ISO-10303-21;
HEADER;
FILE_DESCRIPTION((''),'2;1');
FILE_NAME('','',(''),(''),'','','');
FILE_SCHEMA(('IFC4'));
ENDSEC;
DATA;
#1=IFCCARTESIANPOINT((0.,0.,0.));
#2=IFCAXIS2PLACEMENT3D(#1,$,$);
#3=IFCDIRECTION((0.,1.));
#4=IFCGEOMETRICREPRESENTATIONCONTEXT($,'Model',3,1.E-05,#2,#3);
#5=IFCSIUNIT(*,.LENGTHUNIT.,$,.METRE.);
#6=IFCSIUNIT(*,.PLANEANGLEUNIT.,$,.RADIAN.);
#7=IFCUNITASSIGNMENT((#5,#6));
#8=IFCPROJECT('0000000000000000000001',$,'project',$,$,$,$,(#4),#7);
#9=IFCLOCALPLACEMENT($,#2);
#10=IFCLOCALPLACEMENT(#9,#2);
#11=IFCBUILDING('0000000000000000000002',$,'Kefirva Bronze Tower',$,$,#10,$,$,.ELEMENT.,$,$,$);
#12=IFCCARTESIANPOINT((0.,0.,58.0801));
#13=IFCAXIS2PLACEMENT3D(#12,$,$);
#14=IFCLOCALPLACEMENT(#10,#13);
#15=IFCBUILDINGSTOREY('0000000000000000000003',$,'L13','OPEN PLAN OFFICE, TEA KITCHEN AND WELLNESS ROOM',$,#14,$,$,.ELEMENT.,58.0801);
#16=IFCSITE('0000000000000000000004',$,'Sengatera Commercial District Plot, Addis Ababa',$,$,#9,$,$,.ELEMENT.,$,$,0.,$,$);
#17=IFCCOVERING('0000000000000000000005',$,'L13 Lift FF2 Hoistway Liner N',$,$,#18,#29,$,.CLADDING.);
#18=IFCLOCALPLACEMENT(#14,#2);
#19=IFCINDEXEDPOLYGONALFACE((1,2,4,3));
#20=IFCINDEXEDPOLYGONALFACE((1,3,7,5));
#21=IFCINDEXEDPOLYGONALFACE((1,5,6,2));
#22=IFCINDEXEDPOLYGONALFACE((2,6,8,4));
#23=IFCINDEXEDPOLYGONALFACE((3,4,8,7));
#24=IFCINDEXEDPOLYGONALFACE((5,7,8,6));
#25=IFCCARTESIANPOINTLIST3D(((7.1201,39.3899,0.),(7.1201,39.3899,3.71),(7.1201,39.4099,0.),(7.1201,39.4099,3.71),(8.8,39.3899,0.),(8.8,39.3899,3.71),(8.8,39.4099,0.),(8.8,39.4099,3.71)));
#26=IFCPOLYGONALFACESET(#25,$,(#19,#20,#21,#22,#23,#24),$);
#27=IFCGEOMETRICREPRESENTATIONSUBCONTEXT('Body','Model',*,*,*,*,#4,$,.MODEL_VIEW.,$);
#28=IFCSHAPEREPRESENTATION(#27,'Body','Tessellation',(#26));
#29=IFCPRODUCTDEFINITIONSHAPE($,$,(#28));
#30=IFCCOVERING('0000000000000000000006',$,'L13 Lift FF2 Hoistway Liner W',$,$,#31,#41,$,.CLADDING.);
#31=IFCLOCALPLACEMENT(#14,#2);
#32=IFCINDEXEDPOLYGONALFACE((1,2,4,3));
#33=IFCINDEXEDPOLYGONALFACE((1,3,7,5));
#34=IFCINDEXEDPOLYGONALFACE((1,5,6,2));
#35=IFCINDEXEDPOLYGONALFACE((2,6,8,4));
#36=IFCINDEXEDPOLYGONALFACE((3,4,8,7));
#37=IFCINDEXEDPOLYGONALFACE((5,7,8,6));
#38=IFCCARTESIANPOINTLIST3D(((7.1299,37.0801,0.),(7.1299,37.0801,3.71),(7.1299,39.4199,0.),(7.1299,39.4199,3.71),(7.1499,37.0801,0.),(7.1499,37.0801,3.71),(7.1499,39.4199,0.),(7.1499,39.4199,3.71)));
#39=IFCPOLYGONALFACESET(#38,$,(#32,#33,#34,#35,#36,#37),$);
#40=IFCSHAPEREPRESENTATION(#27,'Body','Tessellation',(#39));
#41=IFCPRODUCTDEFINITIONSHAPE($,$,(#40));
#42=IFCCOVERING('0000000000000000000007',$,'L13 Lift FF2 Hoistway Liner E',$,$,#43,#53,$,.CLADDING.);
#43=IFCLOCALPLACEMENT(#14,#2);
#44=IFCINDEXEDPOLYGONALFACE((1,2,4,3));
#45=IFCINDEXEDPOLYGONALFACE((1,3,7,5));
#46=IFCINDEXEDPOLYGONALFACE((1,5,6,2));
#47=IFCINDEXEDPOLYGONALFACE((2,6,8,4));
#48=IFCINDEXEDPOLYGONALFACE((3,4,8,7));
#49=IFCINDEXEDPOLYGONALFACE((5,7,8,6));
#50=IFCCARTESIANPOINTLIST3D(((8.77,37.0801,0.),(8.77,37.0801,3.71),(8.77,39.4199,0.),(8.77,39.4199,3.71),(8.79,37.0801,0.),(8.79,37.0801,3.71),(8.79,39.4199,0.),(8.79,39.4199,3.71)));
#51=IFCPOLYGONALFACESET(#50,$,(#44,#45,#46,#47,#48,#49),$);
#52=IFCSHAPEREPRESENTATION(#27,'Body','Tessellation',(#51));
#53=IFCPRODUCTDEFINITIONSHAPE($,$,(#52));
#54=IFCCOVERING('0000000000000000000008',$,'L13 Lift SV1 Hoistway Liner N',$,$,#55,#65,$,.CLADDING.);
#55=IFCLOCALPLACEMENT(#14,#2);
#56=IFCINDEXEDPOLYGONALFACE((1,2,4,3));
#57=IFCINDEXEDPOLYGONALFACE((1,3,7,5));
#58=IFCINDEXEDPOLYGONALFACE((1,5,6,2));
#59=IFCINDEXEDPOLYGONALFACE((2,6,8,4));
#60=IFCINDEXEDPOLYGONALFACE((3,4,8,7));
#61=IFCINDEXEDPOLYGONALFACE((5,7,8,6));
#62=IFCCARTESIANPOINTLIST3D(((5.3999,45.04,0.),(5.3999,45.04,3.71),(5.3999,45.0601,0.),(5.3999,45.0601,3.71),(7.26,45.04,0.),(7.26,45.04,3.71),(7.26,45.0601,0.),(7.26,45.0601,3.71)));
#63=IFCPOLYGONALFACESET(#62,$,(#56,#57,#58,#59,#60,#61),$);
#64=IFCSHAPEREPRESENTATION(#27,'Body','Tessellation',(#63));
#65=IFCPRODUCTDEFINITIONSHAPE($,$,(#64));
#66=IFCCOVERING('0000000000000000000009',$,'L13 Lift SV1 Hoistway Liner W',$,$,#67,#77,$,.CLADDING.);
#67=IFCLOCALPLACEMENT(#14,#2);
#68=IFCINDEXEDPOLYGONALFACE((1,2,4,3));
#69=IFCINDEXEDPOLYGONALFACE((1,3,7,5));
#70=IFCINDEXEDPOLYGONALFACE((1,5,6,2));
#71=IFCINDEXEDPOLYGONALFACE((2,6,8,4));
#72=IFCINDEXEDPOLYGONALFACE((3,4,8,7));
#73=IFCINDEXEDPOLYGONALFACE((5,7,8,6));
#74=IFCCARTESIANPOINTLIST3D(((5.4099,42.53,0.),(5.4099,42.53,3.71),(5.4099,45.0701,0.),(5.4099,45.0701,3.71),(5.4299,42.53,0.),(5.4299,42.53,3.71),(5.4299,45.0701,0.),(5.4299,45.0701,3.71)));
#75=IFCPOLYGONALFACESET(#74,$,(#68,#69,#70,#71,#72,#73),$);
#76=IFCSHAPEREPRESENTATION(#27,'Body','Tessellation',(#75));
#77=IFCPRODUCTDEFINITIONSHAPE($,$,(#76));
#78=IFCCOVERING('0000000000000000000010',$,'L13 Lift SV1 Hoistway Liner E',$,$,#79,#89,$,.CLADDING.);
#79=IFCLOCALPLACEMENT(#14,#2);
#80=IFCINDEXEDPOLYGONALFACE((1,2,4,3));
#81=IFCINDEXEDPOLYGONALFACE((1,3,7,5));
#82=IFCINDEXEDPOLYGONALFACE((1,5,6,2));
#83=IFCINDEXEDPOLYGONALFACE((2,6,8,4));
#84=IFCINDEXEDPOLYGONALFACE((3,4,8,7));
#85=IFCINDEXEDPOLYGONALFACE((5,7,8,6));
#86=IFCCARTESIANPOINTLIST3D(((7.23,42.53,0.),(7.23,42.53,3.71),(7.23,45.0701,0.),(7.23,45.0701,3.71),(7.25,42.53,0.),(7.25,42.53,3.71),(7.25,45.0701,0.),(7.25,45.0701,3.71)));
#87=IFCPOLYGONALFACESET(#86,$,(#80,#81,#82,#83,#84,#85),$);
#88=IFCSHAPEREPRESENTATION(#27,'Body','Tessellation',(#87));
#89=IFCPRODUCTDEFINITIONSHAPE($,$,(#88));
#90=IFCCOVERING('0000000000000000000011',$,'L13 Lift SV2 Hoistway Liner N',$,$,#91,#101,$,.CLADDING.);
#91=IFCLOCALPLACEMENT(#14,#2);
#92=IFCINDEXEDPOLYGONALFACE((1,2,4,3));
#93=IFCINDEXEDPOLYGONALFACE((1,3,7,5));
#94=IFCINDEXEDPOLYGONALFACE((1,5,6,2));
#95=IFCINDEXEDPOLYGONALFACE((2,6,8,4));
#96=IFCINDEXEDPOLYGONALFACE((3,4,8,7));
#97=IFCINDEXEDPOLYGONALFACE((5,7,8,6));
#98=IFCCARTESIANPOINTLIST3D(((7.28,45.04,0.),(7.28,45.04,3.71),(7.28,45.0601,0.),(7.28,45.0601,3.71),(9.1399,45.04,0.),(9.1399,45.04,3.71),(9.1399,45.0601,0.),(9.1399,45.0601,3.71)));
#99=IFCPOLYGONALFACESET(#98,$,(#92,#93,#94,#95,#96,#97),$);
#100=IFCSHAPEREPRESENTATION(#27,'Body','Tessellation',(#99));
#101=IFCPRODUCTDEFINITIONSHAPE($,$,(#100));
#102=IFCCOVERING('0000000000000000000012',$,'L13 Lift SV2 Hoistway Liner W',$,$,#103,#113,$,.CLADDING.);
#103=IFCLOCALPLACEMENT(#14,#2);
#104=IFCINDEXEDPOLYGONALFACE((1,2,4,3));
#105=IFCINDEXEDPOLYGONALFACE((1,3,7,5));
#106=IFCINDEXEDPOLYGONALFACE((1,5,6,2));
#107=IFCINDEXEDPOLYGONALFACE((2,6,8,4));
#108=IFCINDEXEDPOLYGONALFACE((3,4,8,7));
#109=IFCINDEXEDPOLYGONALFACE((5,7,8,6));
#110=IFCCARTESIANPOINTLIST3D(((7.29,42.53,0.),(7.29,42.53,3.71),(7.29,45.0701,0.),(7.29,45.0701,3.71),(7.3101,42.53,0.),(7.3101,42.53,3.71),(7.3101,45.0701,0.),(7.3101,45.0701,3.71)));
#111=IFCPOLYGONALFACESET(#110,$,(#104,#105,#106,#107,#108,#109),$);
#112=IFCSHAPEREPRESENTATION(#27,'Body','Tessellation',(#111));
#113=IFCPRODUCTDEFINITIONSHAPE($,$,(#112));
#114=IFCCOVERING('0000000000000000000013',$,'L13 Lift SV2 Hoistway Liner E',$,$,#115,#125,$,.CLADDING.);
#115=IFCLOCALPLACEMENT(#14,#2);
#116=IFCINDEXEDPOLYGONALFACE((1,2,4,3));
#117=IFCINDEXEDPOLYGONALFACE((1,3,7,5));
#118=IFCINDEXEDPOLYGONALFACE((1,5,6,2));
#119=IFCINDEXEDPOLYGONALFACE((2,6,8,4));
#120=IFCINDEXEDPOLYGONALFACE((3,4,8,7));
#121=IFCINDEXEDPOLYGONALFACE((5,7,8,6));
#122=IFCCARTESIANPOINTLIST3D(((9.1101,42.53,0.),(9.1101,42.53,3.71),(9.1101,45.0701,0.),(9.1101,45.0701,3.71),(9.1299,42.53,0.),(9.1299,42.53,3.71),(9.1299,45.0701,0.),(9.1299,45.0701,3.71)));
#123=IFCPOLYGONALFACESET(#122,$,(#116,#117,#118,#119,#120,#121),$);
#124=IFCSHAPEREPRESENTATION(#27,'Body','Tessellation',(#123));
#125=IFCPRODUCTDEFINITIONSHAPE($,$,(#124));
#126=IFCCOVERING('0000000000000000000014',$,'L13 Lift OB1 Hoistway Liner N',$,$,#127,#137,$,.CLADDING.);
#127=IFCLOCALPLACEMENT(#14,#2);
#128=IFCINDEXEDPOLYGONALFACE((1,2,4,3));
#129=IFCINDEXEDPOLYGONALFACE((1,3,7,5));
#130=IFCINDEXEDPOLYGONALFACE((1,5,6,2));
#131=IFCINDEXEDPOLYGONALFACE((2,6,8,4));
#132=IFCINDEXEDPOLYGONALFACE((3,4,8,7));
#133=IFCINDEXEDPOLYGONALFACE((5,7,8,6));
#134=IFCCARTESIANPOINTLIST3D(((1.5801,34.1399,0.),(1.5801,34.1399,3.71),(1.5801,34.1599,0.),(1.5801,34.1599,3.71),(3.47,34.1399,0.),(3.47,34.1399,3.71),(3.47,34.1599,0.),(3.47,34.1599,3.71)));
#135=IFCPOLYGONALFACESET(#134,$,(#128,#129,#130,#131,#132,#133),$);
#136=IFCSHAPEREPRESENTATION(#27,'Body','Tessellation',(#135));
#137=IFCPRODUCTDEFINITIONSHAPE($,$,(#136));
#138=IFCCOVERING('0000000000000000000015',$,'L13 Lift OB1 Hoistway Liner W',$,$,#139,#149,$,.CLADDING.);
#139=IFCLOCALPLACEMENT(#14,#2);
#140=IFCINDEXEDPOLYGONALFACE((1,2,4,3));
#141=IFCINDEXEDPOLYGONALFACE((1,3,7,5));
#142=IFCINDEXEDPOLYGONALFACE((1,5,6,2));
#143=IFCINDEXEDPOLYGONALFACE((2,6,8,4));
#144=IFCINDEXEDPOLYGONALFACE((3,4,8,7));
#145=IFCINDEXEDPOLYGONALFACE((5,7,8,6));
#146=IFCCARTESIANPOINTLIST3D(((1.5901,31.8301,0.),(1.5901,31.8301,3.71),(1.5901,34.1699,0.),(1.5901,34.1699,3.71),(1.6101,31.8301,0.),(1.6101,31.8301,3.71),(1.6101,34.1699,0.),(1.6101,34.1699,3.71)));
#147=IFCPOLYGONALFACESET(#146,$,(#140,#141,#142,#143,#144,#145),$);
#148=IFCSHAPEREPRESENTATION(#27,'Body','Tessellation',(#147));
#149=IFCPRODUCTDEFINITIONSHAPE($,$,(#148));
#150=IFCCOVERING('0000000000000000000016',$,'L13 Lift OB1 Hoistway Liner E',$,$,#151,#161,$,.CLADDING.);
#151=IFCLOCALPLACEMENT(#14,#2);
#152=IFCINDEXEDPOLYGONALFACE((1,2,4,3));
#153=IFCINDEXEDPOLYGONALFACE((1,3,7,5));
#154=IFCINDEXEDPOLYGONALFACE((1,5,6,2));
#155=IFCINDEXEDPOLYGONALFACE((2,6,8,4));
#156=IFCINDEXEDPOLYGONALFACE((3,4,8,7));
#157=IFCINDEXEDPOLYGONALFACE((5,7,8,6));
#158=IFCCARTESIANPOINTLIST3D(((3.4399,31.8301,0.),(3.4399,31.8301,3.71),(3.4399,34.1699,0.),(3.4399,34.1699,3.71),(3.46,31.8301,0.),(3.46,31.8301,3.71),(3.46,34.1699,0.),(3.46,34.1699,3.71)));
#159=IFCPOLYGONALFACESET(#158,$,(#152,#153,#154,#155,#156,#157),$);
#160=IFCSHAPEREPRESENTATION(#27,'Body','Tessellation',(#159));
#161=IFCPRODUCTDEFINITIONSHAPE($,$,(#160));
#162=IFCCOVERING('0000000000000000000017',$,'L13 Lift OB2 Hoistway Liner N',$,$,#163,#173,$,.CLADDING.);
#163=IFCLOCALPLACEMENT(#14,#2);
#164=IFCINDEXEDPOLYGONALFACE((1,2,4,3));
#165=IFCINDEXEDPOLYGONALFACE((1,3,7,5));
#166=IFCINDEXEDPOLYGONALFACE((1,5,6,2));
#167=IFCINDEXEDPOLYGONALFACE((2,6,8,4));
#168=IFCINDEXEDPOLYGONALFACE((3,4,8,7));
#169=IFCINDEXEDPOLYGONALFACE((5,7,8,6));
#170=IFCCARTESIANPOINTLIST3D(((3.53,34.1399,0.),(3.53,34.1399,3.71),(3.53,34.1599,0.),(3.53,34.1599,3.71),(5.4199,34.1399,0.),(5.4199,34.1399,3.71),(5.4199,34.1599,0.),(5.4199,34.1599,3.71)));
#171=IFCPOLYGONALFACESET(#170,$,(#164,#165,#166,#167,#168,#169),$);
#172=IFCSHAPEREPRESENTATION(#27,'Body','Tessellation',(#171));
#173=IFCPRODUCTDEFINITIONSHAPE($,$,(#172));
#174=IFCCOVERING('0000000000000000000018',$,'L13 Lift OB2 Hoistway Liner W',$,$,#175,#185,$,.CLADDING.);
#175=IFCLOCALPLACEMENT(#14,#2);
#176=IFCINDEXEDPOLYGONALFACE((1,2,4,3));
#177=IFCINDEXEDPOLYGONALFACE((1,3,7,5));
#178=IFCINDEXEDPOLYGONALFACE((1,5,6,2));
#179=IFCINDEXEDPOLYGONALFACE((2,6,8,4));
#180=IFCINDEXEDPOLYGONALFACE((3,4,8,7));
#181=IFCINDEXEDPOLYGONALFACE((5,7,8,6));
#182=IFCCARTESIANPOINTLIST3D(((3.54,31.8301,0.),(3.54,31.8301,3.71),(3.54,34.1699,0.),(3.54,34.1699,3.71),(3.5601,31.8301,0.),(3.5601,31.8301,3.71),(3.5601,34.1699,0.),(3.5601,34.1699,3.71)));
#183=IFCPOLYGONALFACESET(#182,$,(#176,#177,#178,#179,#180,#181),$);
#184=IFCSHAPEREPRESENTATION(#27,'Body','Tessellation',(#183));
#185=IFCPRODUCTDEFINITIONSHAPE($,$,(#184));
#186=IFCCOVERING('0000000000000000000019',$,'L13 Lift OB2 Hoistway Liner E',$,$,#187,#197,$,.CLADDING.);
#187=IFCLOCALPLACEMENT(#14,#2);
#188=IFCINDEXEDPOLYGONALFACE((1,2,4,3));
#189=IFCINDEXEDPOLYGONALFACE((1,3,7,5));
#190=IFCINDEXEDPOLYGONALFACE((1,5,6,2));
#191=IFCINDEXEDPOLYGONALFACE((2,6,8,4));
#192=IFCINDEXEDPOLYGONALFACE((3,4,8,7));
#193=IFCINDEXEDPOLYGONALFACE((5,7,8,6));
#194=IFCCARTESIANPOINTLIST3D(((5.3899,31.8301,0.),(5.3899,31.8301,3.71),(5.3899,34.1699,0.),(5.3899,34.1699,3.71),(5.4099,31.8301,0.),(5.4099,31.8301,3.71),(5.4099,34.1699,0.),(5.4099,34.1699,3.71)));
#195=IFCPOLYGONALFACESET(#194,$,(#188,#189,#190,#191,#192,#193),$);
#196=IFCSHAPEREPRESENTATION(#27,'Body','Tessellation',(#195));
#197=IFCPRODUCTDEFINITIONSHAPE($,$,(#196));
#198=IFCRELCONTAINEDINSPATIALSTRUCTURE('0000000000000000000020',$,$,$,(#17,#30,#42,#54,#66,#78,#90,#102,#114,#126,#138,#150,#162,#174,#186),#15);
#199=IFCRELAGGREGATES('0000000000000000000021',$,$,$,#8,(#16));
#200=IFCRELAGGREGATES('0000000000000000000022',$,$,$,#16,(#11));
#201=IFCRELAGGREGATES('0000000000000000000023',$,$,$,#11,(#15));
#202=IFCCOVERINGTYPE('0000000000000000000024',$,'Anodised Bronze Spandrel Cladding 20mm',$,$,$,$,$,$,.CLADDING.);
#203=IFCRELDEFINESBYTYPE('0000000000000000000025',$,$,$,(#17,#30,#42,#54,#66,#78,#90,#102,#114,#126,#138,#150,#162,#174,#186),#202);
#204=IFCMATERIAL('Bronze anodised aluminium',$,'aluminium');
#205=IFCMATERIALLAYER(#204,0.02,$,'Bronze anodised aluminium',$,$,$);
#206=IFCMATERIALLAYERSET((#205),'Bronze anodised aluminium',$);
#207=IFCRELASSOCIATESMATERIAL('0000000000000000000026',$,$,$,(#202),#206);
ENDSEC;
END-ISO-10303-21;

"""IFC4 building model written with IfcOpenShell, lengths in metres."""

from ifc_helpers import new_model, si_unit, direction, frame, origin, place, context, subcontext, project, spatial, polyline, outline, extrude, material, layer, layer_set, type_object, element, save


model = new_model("IFC4")

# Units and contexts
model_context = context("Model", 3, precision=1e-05, world=origin(), true_north=direction((0.0, 1.0)))
body_context = subcontext(model_context, "Body", "Model", "MODEL_VIEW")
ifc_project = project(units=[si_unit("LENGTHUNIT", "METRE"), si_unit("PLANEANGLEUNIT", "RADIAN")], contexts=[model_context])

# Site, building, storey
site_placement = place(None, origin())
site = spatial("IfcSite", under=ifc_project, at=site_placement, Name="Sengatera Commercial District Plot, Addis Ababa", CompositionType="ELEMENT", RefElevation=0.0)
building_placement = place(site_placement, origin())
building = spatial("IfcBuilding", under=site, at=building_placement, Name="Kefirva Bronze Tower", CompositionType="ELEMENT")
storey_placement = place(building_placement, frame((0.0, 0.0, 58.0801)))
storey = spatial("IfcBuildingStorey", under=building, at=storey_placement, Name="L13", Description="OPEN PLAN OFFICE, TEA KITCHEN AND WELLNESS ROOM", CompositionType="ELEMENT", Elevation=58.0801)

# Coverings
ifc_material_1 = material(Name="Bronze anodised aluminium", Category="aluminium")
ifc_layer_1 = layer(ifc_material_1, 0.02, Name="Bronze anodised aluminium")
ifc_layer_set_1 = layer_set([ifc_layer_1], Name="Bronze anodised aluminium")
covering_type = type_object("IfcCoveringType", Name="Anodised Bronze Spandrel Cladding 20mm", PredefinedType="CLADDING", material=ifc_layer_set_1)
covering_1_placement = place(storey_placement, origin())
element("IfcCovering", 1, at=covering_1_placement, inside=storey, type_object=covering_type, Name="L13 Lift FF2 Hoistway Liner N", PredefinedType="CLADDING", context=body_context, shape_type="SweptSolid", body=[
    extrude(outline(polyline([(7.1201, 39.3899), (8.8, 39.3899), (8.8, 39.4099), (7.1201, 39.4099), (7.1201, 39.3899)])), origin(), (0.0, 0.0, 1.0), 3.71),
])
covering_2_placement = place(storey_placement, origin())
element("IfcCovering", 2, at=covering_2_placement, inside=storey, type_object=covering_type, Name="L13 Lift FF2 Hoistway Liner W", PredefinedType="CLADDING", context=body_context, shape_type="SweptSolid", body=[
    extrude(outline(polyline([(7.1299, 37.0801), (7.1499, 37.0801), (7.1499, 39.4199), (7.1299, 39.4199), (7.1299, 37.0801)])), origin(), (0.0, 0.0, 1.0), 3.71),
])
covering_3_placement = place(storey_placement, origin())
element("IfcCovering", 3, at=covering_3_placement, inside=storey, type_object=covering_type, Name="L13 Lift FF2 Hoistway Liner E", PredefinedType="CLADDING", context=body_context, shape_type="SweptSolid", body=[
    extrude(outline(polyline([(8.77, 37.0801), (8.79, 37.0801), (8.79, 39.4199), (8.77, 39.4199), (8.77, 37.0801)])), origin(), (0.0, 0.0, 1.0), 3.71),
])
covering_4_placement = place(storey_placement, origin())
element("IfcCovering", 4, at=covering_4_placement, inside=storey, type_object=covering_type, Name="L13 Lift SV1 Hoistway Liner N", PredefinedType="CLADDING", context=body_context, shape_type="SweptSolid", body=[
    extrude(outline(polyline([(5.3999, 45.04), (7.26, 45.04), (7.26, 45.0601), (5.3999, 45.0601), (5.3999, 45.04)])), origin(), (0.0, 0.0, 1.0), 3.71),
])
covering_5_placement = place(storey_placement, origin())
element("IfcCovering", 5, at=covering_5_placement, inside=storey, type_object=covering_type, Name="L13 Lift SV1 Hoistway Liner W", PredefinedType="CLADDING", context=body_context, shape_type="SweptSolid", body=[
    extrude(outline(polyline([(5.4099, 42.53), (5.4299, 42.53), (5.4299, 45.0701), (5.4099, 45.0701), (5.4099, 42.53)])), origin(), (0.0, 0.0, 1.0), 3.71),
])
covering_6_placement = place(storey_placement, origin())
element("IfcCovering", 6, at=covering_6_placement, inside=storey, type_object=covering_type, Name="L13 Lift SV1 Hoistway Liner E", PredefinedType="CLADDING", context=body_context, shape_type="SweptSolid", body=[
    extrude(outline(polyline([(7.23, 42.53), (7.25, 42.53), (7.25, 45.0701), (7.23, 45.0701), (7.23, 42.53)])), origin(), (0.0, 0.0, 1.0), 3.71),
])
covering_7_placement = place(storey_placement, origin())
element("IfcCovering", 7, at=covering_7_placement, inside=storey, type_object=covering_type, Name="L13 Lift SV2 Hoistway Liner N", PredefinedType="CLADDING", context=body_context, shape_type="SweptSolid", body=[
    extrude(outline(polyline([(7.28, 45.04), (9.1399, 45.04), (9.1399, 45.0601), (7.28, 45.0601), (7.28, 45.04)])), origin(), (0.0, 0.0, 1.0), 3.71),
])
covering_8_placement = place(storey_placement, origin())
element("IfcCovering", 8, at=covering_8_placement, inside=storey, type_object=covering_type, Name="L13 Lift SV2 Hoistway Liner W", PredefinedType="CLADDING", context=body_context, shape_type="SweptSolid", body=[
    extrude(outline(polyline([(7.29, 42.53), (7.3101, 42.53), (7.3101, 45.0701), (7.29, 45.0701), (7.29, 42.53)])), origin(), (0.0, 0.0, 1.0), 3.71),
])
covering_9_placement = place(storey_placement, origin())
element("IfcCovering", 9, at=covering_9_placement, inside=storey, type_object=covering_type, Name="L13 Lift SV2 Hoistway Liner E", PredefinedType="CLADDING", context=body_context, shape_type="SweptSolid", body=[
    extrude(outline(polyline([(9.1101, 42.53), (9.1299, 42.53), (9.1299, 45.0701), (9.1101, 45.0701), (9.1101, 42.53)])), origin(), (0.0, 0.0, 1.0), 3.71),
])
covering_10_placement = place(storey_placement, origin())
element("IfcCovering", 10, at=covering_10_placement, inside=storey, type_object=covering_type, Name="L13 Lift OB1 Hoistway Liner N", PredefinedType="CLADDING", context=body_context, shape_type="SweptSolid", body=[
    extrude(outline(polyline([(1.5801, 34.1399), (3.47, 34.1399), (3.47, 34.1599), (1.5801, 34.1599), (1.5801, 34.1399)])), origin(), (0.0, 0.0, 1.0), 3.71),
])
covering_11_placement = place(storey_placement, origin())
element("IfcCovering", 11, at=covering_11_placement, inside=storey, type_object=covering_type, Name="L13 Lift OB1 Hoistway Liner W", PredefinedType="CLADDING", context=body_context, shape_type="SweptSolid", body=[
    extrude(outline(polyline([(1.5901, 31.8301), (1.6101, 31.8301), (1.6101, 34.1699), (1.5901, 34.1699), (1.5901, 31.8301)])), origin(), (0.0, 0.0, 1.0), 3.71),
])
covering_12_placement = place(storey_placement, origin())
element("IfcCovering", 12, at=covering_12_placement, inside=storey, type_object=covering_type, Name="L13 Lift OB1 Hoistway Liner E", PredefinedType="CLADDING", context=body_context, shape_type="SweptSolid", body=[
    extrude(outline(polyline([(3.4399, 31.8301), (3.46, 31.8301), (3.46, 34.1699), (3.4399, 34.1699), (3.4399, 31.8301)])), origin(), (0.0, 0.0, 1.0), 3.71),
])
covering_13_placement = place(storey_placement, origin())
element("IfcCovering", 13, at=covering_13_placement, inside=storey, type_object=covering_type, Name="L13 Lift OB2 Hoistway Liner N", PredefinedType="CLADDING", context=body_context, shape_type="SweptSolid", body=[
    extrude(outline(polyline([(3.53, 34.1399), (5.4199, 34.1399), (5.4199, 34.1599), (3.53, 34.1599), (3.53, 34.1399)])), origin(), (0.0, 0.0, 1.0), 3.71),
])
covering_14_placement = place(storey_placement, origin())
element("IfcCovering", 14, at=covering_14_placement, inside=storey, type_object=covering_type, Name="L13 Lift OB2 Hoistway Liner W", PredefinedType="CLADDING", context=body_context, shape_type="SweptSolid", body=[
    extrude(outline(polyline([(3.54, 31.8301), (3.5601, 31.8301), (3.5601, 34.1699), (3.54, 34.1699), (3.54, 31.8301)])), origin(), (0.0, 0.0, 1.0), 3.71),
])
covering_15_placement = place(storey_placement, origin())
element("IfcCovering", 15, at=covering_15_placement, inside=storey, type_object=covering_type, Name="L13 Lift OB2 Hoistway Liner E", PredefinedType="CLADDING", context=body_context, shape_type="SweptSolid", body=[
    extrude(outline(polyline([(5.3899, 31.8301), (5.4099, 31.8301), (5.4099, 34.1699), (5.3899, 34.1699), (5.3899, 31.8301)])), origin(), (0.0, 0.0, 1.0), 3.71),
])

save(model, "model.ifc")
